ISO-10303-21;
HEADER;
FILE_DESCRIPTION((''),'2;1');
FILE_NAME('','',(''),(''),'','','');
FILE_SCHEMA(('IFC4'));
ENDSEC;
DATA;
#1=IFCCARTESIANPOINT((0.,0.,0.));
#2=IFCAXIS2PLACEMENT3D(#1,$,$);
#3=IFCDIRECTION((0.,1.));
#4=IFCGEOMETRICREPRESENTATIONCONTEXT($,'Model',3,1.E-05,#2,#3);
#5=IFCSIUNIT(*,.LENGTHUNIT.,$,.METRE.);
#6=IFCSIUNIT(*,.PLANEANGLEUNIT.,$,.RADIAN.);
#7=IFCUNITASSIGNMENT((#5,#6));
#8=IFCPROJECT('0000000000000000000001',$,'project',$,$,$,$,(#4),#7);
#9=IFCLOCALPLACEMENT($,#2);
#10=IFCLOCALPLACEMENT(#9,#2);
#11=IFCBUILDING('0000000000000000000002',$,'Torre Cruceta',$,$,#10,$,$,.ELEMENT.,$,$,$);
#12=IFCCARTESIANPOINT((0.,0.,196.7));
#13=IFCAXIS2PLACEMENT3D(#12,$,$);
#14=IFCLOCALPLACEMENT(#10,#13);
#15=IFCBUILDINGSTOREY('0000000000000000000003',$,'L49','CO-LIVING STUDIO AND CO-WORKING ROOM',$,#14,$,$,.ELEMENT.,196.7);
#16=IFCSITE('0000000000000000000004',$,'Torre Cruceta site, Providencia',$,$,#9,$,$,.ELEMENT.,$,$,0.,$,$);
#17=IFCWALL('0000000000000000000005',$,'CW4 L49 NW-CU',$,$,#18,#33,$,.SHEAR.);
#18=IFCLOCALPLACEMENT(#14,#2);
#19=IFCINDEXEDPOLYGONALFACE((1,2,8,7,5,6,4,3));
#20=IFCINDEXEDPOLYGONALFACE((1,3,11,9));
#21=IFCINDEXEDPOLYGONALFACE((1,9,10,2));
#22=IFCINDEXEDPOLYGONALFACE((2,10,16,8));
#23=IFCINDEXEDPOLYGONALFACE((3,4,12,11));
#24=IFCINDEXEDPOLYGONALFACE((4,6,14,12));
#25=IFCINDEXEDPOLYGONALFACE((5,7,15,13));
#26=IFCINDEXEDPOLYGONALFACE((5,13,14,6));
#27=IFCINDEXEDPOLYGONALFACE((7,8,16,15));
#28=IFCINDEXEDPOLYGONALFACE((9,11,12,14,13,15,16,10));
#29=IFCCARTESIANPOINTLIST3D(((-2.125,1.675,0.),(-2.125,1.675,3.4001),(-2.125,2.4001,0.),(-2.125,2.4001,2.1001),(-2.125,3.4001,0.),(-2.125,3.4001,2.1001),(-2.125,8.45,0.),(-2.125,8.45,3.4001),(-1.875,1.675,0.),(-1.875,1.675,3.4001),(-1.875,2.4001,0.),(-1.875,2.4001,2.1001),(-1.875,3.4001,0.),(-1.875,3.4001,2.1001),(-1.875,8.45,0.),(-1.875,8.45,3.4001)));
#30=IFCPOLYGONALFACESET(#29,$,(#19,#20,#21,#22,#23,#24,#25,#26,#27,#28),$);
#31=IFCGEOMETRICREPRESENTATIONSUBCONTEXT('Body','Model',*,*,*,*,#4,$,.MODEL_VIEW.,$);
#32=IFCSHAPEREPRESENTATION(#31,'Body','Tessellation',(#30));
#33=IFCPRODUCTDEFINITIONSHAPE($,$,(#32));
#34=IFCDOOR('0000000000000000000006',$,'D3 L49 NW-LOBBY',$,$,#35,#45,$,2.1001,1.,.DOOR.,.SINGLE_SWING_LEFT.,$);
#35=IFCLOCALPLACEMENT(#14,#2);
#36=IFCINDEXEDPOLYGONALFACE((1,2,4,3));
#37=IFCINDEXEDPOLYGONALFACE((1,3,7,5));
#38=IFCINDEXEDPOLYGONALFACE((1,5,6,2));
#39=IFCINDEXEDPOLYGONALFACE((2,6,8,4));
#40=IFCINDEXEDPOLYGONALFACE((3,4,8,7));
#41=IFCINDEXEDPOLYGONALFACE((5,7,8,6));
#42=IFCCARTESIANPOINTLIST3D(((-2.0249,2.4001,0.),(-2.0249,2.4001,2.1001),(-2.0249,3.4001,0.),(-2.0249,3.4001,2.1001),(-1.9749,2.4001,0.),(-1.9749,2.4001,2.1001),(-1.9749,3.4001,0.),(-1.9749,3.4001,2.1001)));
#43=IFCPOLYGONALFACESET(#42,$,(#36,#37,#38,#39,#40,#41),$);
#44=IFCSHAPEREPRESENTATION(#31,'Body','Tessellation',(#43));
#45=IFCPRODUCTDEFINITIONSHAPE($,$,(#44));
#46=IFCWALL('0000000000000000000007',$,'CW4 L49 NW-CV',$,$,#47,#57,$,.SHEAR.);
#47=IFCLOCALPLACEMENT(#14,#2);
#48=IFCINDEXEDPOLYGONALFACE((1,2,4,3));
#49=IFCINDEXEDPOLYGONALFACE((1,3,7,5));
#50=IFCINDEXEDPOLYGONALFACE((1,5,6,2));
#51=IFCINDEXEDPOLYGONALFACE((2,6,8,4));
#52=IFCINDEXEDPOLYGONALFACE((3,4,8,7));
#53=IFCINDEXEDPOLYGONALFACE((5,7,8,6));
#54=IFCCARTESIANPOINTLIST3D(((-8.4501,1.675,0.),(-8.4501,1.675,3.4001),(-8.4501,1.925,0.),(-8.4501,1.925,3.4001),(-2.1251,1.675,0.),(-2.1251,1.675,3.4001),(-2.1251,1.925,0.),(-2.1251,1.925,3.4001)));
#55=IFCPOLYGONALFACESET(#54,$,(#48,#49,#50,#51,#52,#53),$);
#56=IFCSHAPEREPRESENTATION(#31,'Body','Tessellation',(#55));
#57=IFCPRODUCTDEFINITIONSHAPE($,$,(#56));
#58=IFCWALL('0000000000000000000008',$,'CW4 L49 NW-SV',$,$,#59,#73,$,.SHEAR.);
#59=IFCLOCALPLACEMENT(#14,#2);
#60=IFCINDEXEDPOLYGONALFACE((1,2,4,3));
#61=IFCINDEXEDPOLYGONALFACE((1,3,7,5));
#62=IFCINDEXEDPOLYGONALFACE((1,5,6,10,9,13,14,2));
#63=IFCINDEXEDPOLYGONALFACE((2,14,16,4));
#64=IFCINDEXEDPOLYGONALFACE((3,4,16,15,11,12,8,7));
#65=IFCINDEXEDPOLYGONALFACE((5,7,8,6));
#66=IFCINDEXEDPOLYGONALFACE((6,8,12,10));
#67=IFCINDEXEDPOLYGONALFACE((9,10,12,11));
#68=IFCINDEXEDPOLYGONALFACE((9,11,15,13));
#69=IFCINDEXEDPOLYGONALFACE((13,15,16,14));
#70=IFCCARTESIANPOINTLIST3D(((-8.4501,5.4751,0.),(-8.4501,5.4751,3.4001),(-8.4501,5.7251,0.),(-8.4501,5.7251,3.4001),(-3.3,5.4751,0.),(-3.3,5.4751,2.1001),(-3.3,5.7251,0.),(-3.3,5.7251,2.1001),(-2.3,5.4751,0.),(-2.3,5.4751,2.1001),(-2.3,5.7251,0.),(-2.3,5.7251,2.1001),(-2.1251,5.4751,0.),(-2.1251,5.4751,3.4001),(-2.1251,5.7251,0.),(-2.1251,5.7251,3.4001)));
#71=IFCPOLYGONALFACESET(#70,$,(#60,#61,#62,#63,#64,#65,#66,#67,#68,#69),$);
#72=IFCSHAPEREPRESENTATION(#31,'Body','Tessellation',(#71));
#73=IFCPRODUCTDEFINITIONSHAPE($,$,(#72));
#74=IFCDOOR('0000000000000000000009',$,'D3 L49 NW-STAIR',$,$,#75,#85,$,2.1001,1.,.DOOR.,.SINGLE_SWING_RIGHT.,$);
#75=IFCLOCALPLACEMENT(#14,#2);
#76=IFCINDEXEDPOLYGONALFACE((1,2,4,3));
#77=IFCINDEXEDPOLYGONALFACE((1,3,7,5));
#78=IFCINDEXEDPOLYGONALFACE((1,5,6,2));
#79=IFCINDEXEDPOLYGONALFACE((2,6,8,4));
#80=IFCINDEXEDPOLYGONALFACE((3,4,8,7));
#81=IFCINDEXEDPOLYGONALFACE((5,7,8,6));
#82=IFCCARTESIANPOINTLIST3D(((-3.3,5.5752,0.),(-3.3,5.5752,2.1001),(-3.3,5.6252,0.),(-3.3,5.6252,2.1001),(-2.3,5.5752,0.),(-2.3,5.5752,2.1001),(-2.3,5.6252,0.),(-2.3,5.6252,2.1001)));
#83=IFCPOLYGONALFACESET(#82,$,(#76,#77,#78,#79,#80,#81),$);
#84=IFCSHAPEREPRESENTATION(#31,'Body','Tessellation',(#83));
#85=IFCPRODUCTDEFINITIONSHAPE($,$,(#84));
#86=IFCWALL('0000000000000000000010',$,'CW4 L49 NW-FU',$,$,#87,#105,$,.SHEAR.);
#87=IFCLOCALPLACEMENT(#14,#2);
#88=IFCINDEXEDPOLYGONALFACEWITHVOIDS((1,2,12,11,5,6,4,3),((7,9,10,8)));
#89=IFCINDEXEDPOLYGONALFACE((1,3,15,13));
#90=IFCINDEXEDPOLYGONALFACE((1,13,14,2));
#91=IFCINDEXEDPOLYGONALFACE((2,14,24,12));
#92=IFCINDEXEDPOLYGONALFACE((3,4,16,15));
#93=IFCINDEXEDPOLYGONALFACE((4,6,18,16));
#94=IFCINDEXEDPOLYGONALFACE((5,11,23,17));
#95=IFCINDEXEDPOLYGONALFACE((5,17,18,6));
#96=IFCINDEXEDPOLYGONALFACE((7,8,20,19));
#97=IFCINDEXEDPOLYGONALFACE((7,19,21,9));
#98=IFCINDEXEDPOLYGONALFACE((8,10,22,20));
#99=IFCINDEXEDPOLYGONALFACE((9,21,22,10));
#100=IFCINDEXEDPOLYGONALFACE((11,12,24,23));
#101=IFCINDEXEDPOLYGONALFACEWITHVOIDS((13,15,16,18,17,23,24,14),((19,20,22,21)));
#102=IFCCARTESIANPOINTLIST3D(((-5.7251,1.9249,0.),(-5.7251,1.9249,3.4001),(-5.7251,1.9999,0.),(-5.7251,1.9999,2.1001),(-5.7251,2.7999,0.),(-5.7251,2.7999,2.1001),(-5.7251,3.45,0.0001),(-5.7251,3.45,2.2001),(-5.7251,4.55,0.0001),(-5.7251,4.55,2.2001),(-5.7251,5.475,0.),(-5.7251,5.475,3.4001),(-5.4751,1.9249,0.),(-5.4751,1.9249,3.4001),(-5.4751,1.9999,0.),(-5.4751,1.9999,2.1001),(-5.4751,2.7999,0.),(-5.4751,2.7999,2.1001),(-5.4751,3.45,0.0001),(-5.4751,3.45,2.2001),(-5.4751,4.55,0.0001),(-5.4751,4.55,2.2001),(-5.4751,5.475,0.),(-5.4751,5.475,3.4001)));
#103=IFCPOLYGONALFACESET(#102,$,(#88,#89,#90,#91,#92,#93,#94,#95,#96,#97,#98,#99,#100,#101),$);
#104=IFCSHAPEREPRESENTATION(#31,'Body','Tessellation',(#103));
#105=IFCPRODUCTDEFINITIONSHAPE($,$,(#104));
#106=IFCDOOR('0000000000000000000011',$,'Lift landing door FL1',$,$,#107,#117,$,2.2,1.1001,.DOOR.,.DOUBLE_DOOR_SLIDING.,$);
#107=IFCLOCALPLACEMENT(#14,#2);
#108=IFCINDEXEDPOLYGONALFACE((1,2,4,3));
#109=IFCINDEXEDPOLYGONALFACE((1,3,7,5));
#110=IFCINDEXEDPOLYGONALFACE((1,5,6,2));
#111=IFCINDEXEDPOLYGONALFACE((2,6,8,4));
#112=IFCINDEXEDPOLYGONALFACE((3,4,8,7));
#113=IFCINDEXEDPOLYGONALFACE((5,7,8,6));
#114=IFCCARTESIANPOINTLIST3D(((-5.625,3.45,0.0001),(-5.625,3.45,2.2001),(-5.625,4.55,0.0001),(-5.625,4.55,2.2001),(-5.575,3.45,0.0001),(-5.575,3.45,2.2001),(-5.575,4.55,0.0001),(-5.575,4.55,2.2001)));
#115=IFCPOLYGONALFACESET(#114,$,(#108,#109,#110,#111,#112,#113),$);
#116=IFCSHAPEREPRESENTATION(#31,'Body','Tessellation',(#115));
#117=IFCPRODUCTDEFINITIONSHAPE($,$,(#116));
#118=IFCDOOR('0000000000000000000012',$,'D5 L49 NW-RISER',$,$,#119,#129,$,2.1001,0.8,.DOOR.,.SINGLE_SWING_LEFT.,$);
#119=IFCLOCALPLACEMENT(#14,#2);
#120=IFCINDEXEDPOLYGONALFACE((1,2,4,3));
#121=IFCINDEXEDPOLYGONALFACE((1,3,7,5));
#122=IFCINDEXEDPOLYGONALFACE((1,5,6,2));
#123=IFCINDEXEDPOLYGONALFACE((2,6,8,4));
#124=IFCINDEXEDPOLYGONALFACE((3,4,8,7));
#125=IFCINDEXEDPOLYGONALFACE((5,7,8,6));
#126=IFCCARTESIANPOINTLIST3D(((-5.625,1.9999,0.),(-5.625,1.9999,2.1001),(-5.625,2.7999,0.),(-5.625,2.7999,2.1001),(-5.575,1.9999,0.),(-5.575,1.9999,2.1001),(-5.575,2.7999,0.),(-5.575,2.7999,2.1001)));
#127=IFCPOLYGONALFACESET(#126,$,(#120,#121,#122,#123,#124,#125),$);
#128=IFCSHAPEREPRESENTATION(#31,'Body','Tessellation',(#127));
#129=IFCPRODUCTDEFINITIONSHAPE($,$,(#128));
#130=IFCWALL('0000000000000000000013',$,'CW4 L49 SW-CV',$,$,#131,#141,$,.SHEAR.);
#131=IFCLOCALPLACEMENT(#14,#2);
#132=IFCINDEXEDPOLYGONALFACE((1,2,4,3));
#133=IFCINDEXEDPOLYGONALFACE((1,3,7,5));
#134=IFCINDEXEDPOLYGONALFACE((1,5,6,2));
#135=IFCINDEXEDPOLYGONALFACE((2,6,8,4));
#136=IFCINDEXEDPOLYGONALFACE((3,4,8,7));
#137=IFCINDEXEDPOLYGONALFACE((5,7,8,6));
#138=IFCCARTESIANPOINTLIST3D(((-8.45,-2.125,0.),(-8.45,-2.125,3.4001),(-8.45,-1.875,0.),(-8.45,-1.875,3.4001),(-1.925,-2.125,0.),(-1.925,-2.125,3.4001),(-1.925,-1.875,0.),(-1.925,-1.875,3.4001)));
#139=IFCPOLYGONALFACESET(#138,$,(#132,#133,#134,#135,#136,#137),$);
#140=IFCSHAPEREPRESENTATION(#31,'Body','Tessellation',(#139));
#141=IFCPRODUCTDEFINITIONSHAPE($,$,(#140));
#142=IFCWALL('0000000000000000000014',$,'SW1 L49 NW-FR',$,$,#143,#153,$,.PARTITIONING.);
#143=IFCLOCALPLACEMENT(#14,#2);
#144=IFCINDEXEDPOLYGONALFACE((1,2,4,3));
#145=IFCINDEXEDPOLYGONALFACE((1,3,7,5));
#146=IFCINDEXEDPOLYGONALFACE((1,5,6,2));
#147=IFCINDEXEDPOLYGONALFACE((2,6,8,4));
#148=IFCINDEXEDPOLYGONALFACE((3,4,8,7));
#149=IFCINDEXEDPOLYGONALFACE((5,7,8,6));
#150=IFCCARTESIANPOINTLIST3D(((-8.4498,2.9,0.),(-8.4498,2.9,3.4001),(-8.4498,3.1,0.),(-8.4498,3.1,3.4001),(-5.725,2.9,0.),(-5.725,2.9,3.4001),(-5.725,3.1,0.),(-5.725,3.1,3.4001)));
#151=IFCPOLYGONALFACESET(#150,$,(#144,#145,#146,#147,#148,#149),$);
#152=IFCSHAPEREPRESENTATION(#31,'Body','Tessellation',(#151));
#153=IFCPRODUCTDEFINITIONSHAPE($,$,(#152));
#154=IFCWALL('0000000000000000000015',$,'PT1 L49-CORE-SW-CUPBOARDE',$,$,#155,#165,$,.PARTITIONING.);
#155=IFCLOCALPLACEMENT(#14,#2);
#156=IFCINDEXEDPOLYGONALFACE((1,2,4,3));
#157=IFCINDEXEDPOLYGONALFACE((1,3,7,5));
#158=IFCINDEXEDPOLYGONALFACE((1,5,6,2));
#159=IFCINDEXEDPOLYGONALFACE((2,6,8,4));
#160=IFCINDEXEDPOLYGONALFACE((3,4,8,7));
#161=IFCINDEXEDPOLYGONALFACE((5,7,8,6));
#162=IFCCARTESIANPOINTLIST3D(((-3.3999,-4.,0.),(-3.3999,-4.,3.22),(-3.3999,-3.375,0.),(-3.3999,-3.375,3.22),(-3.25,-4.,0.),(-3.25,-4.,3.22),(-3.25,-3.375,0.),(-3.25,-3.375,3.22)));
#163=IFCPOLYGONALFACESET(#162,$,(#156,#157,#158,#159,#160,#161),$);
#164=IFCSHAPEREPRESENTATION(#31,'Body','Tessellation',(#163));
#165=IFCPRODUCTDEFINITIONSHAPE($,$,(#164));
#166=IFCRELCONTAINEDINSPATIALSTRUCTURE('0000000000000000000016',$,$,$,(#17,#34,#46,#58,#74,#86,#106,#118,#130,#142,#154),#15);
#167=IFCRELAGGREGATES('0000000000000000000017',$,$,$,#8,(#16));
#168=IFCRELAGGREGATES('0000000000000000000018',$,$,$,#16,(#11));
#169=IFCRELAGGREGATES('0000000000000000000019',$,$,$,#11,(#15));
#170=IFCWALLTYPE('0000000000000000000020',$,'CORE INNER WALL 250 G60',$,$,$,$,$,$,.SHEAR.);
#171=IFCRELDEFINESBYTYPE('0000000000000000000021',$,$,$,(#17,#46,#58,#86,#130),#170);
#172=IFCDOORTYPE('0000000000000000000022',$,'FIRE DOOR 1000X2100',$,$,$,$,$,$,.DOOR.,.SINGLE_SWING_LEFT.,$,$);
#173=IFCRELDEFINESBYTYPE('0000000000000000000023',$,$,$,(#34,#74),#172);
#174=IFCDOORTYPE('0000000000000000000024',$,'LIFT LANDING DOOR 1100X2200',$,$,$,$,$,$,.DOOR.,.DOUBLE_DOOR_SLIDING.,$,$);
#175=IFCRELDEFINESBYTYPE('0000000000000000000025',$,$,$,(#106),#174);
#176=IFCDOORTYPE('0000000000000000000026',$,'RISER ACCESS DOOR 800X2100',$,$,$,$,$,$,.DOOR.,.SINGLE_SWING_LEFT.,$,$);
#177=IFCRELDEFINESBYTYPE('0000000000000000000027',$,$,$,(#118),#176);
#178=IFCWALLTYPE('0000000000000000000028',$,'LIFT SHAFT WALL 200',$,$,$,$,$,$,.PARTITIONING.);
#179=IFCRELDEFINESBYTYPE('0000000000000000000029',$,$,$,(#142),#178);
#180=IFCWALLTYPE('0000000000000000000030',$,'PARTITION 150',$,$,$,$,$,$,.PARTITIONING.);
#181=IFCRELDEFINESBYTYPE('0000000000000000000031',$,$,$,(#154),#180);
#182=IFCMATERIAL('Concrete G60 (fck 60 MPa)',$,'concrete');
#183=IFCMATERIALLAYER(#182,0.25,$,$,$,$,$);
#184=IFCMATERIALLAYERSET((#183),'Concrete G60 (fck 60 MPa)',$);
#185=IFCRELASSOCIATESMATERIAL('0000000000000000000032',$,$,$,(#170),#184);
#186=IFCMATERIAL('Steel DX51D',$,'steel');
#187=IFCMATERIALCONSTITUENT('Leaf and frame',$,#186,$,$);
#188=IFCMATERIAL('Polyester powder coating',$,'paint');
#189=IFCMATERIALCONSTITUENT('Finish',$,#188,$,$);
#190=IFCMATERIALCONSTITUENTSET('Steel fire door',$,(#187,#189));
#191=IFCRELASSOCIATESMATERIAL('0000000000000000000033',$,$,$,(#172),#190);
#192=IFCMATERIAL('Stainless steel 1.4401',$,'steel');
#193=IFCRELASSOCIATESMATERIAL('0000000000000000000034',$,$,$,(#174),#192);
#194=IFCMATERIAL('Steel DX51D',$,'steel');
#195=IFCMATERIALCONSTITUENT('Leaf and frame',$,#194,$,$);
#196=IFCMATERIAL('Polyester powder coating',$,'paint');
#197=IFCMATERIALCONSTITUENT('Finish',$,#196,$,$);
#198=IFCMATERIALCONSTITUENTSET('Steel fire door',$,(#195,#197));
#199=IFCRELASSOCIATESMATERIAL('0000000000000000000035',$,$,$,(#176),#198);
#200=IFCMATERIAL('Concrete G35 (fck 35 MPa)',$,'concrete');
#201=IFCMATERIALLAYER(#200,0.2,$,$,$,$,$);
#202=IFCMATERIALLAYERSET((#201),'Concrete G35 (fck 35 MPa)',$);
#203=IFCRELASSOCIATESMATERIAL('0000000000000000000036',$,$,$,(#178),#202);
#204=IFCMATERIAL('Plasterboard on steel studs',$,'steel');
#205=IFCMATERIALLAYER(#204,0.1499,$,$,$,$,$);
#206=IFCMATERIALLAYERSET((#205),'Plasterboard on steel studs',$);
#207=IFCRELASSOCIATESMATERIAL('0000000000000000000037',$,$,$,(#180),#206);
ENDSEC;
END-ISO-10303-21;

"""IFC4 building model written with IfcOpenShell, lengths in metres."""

from ifc_helpers import new_model, si_unit, direction, frame, frame_2d, origin, place, context, subcontext, project, spatial, rectangle, extrude, material, layer, layer_set, constituent, constituent_set, type_object, element, fill, save


model = new_model("IFC4")

# Units and contexts
model_context = context("Model", 3, precision=1e-05, world=origin(), true_north=direction((0.0, 1.0)))
body_context = subcontext(model_context, "Body", "Model", "MODEL_VIEW")
ifc_project = project(units=[si_unit("LENGTHUNIT", "METRE"), si_unit("PLANEANGLEUNIT", "RADIAN")], contexts=[model_context])

# Site, building, storey
site_placement = place(None, origin())
site = spatial("IfcSite", under=ifc_project, at=site_placement, Name="Torre Cruceta site, Providencia", CompositionType="ELEMENT", RefElevation=0.0)
building_placement = place(site_placement, origin())
building = spatial("IfcBuilding", under=site, at=building_placement, Name="Torre Cruceta", CompositionType="ELEMENT")
storey_placement = place(building_placement, frame((0.0, 0.0, 196.7)))
storey = spatial("IfcBuildingStorey", under=building, at=storey_placement, Name="L49", Description="CO-LIVING STUDIO AND CO-WORKING ROOM", CompositionType="ELEMENT", Elevation=196.7)

# Wall, opening, door
ifc_material_1 = material(Name="Concrete G60 (fck 60 MPa)", Category="concrete")
ifc_layer_1 = layer(ifc_material_1, 0.25)
ifc_layer_set_1 = layer_set([ifc_layer_1], Name="Concrete G60 (fck 60 MPa)")
wall_type_1 = type_object("IfcWallType", Name="CORE INNER WALL 250 G60", PredefinedType="SHEAR", material=ifc_layer_set_1)
wall_1_placement = place(storey_placement, frame((-2.0, 1.675, 0.0), z_axis=(0.0, 0.0, 1.0), x_axis=(0.0, 1.0, 0.0)))
wall_1 = element("IfcWall", 1, at=wall_1_placement, inside=storey, type_object=wall_type_1, Name="CW4 L49 NW-CU", PredefinedType="SHEAR", context=body_context, shape_type="SweptSolid", body=[
    extrude(rectangle(XDim=6.7749, YDim=0.25, at=frame_2d((3.3875, 0.0))), origin(), (0.0, 0.0, 1.0), 3.4001),
])
opening_1_placement = place(wall_1_placement, frame((0.7251, 0.0, 0.0)))
opening_1 = element("IfcOpeningElement", 2, at=opening_1_placement, cuts=wall_1, PredefinedType="OPENING", context=body_context, shape_type="SweptSolid", body=[
    extrude(rectangle(XDim=1.0, YDim=2.1001, at=frame_2d((0.5, 1.05))), frame((0.0, 0.135, 0.0), z_axis=(0.0, -1.0, 0.0), x_axis=(1.0, 0.0, 0.0)), (0.0, 0.0, 1.0), 0.27),
])
ifc_material_2 = material(Name="Steel DX51D", Category="steel")
ifc_constituent_1 = constituent(ifc_material_2, Name="Leaf and frame")
ifc_material_3 = material(Name="Polyester powder coating", Category="paint")
ifc_constituent_2 = constituent(ifc_material_3, Name="Finish")
ifc_constituent_set_1 = constituent_set(constituents=[ifc_constituent_1, ifc_constituent_2], Name="Steel fire door")
door_type_1 = type_object("IfcDoorType", Name="FIRE DOOR 1000X2100", OperationType="SINGLE_SWING_LEFT", PredefinedType="DOOR", material=ifc_constituent_set_1)
door_1_placement = place(opening_1_placement, origin())
door_1 = element("IfcDoor", 3, at=door_1_placement, inside=storey, type_object=door_type_1, Name="D3 L49 NW-LOBBY", OperationType="SINGLE_SWING_LEFT", OverallHeight=2.1001, OverallWidth=1.0, PredefinedType="DOOR", context=body_context, shape_type="SweptSolid", body=[
    extrude(rectangle(XDim=1.0, YDim=2.1001, at=frame_2d((0.5, 1.05))), frame((0.0, 0.0249, 0.0), z_axis=(0.0, -1.0, 0.0), x_axis=(1.0, 0.0, 0.0)), (0.0, 0.0, 1.0), 0.05),
])
fill(opening_1, door_1)

# Wall
wall_2_placement = place(storey_placement, frame((-2.125, 1.8, 0.0), z_axis=(0.0, 0.0, 1.0), x_axis=(-1.0, 0.0, 0.0)))
element("IfcWall", 4, at=wall_2_placement, inside=storey, type_object=wall_type_1, Name="CW4 L49 NW-CV", PredefinedType="SHEAR", context=body_context, shape_type="SweptSolid", body=[
    extrude(rectangle(XDim=6.325, YDim=0.25, at=frame_2d((3.1626, 0.0))), origin(), (0.0, 0.0, 1.0), 3.4001),
])

# Wall, opening, door
wall_3_placement = place(storey_placement, frame((-2.125, 5.6001, 0.0), z_axis=(0.0, 0.0, 1.0), x_axis=(-1.0, 0.0, 0.0)))
wall_3 = element("IfcWall", 5, at=wall_3_placement, inside=storey, type_object=wall_type_1, Name="CW4 L49 NW-SV", PredefinedType="SHEAR", context=body_context, shape_type="SweptSolid", body=[
    extrude(rectangle(XDim=6.325, YDim=0.25, at=frame_2d((3.1626, 0.0))), origin(), (0.0, 0.0, 1.0), 3.4001),
])
opening_2_placement = place(wall_3_placement, frame((0.175, 0.0, 0.0)))
opening_2 = element("IfcOpeningElement", 6, at=opening_2_placement, cuts=wall_3, PredefinedType="OPENING", context=body_context, shape_type="SweptSolid", body=[
    extrude(rectangle(XDim=1.0, YDim=2.1001, at=frame_2d((0.5, 1.05))), frame((0.0, 0.135, 0.0), z_axis=(0.0, -1.0, 0.0), x_axis=(1.0, 0.0, 0.0)), (0.0, 0.0, 1.0), 0.27),
])
door_2_placement = place(opening_2_placement, frame((1.0, 0.0, 0.0), z_axis=(0.0, 0.0, 1.0), x_axis=(-1.0, 0.0, 0.0)))
door_2 = element("IfcDoor", 7, at=door_2_placement, inside=storey, type_object=door_type_1, Name="D3 L49 NW-STAIR", OperationType="SINGLE_SWING_RIGHT", OverallHeight=2.1001, OverallWidth=1.0, PredefinedType="DOOR", context=body_context, shape_type="SweptSolid", body=[
    extrude(rectangle(XDim=1.0, YDim=2.1001, at=frame_2d((0.5, 1.05))), frame((0.0, 0.0251, 0.0), z_axis=(0.0, -1.0, 0.0), x_axis=(1.0, 0.0, 0.0)), (0.0, 0.0, 1.0), 0.05),
])
fill(opening_2, door_2)

# Wall, openings, doors
wall_4_placement = place(storey_placement, frame((-5.6001, 1.925, 0.0), z_axis=(0.0, 0.0, 1.0), x_axis=(0.0, 1.0, 0.0)))
wall_4 = element("IfcWall", 8, at=wall_4_placement, inside=storey, type_object=wall_type_1, Name="CW4 L49 NW-FU", PredefinedType="SHEAR", context=body_context, shape_type="SweptSolid", body=[
    extrude(rectangle(XDim=3.55, YDim=0.25, at=frame_2d((1.7749, 0.0))), origin(), (0.0, 0.0, 1.0), 3.4001),
])
opening_3_placement = place(wall_4_placement, frame((1.5249, 0.0, 0.0)))
opening_3 = element("IfcOpeningElement", 9, at=opening_3_placement, cuts=wall_4, PredefinedType="OPENING", context=body_context, shape_type="SweptSolid", body=[
    extrude(rectangle(XDim=1.1001, YDim=2.2, at=frame_2d((0.55, 1.1001))), frame((0.0, 0.135, 0.0), z_axis=(0.0, -1.0, 0.0), x_axis=(1.0, 0.0, 0.0)), (0.0, 0.0, 1.0), 0.27),
])
opening_4_placement = place(wall_4_placement, frame((0.075, 0.0, 0.0)))
opening_4 = element("IfcOpeningElement", 10, at=opening_4_placement, cuts=wall_4, PredefinedType="OPENING", context=body_context, shape_type="SweptSolid", body=[
    extrude(rectangle(XDim=0.8, YDim=2.1001, at=frame_2d((0.3999, 1.05))), frame((0.0, 0.135, 0.0), z_axis=(0.0, -1.0, 0.0), x_axis=(1.0, 0.0, 0.0)), (0.0, 0.0, 1.0), 0.27),
])
ifc_material_4 = material(Name="Stainless steel 1.4401", Category="steel")
door_type_2 = type_object("IfcDoorType", Name="LIFT LANDING DOOR 1100X2200", OperationType="DOUBLE_DOOR_SLIDING", PredefinedType="DOOR", material=ifc_material_4)
door_3_placement = place(opening_3_placement, origin())
door_3 = element("IfcDoor", 11, at=door_3_placement, inside=storey, type_object=door_type_2, Name="Lift landing door FL1", OperationType="DOUBLE_DOOR_SLIDING", OverallHeight=2.2, OverallWidth=1.1001, PredefinedType="DOOR", context=body_context, shape_type="SweptSolid", body=[
    extrude(rectangle(XDim=1.1001, YDim=2.2, at=frame_2d((0.55, 1.1001))), frame((0.0, 0.0249, 0.0), z_axis=(0.0, -1.0, 0.0), x_axis=(1.0, 0.0, 0.0)), (0.0, 0.0, 1.0), 0.05),
])
fill(opening_3, door_3)
ifc_material_5 = material(Name="Steel DX51D", Category="steel")
ifc_constituent_3 = constituent(ifc_material_5, Name="Leaf and frame")
ifc_material_6 = material(Name="Polyester powder coating", Category="paint")
ifc_constituent_4 = constituent(ifc_material_6, Name="Finish")
ifc_constituent_set_2 = constituent_set(constituents=[ifc_constituent_3, ifc_constituent_4], Name="Steel fire door")
door_type_3 = type_object("IfcDoorType", Name="RISER ACCESS DOOR 800X2100", OperationType="SINGLE_SWING_LEFT", PredefinedType="DOOR", material=ifc_constituent_set_2)
door_4_placement = place(opening_4_placement, origin())
door_4 = element("IfcDoor", 12, at=door_4_placement, inside=storey, type_object=door_type_3, Name="D5 L49 NW-RISER", OperationType="SINGLE_SWING_LEFT", OverallHeight=2.1001, OverallWidth=0.8, PredefinedType="DOOR", context=body_context, shape_type="SweptSolid", body=[
    extrude(rectangle(XDim=0.8, YDim=2.1001, at=frame_2d((0.3999, 1.05))), frame((0.0, 0.0249, 0.0), z_axis=(0.0, -1.0, 0.0), x_axis=(1.0, 0.0, 0.0)), (0.0, 0.0, 1.0), 0.05),
])
fill(opening_4, door_4)

# Walls
wall_5_placement = place(storey_placement, frame((-1.925, -2.0, 0.0), z_axis=(0.0, 0.0, 1.0), x_axis=(-1.0, 0.0, 0.0)))
element("IfcWall", 13, at=wall_5_placement, inside=storey, type_object=wall_type_1, Name="CW4 L49 SW-CV", PredefinedType="SHEAR", context=body_context, shape_type="SweptSolid", body=[
    extrude(rectangle(XDim=6.5249, YDim=0.25, at=frame_2d((3.2625, 0.0))), origin(), (0.0, 0.0, 1.0), 3.4001),
])
ifc_material_7 = material(Name="Concrete G35 (fck 35 MPa)", Category="concrete")
ifc_layer_2 = layer(ifc_material_7, 0.2)
ifc_layer_set_2 = layer_set([ifc_layer_2], Name="Concrete G35 (fck 35 MPa)")
wall_type_2 = type_object("IfcWallType", Name="LIFT SHAFT WALL 200", PredefinedType="PARTITIONING", material=ifc_layer_set_2)
wall_6_placement = place(storey_placement, frame((-5.7251, 3.0, 0.0), z_axis=(0.0, 0.0, 1.0), x_axis=(-1.0, 0.0, 0.0)))
element("IfcWall", 14, at=wall_6_placement, inside=storey, type_object=wall_type_2, Name="SW1 L49 NW-FR", PredefinedType="PARTITIONING", context=body_context, shape_type="SweptSolid", body=[
    extrude(rectangle(XDim=2.7249, YDim=0.2, at=frame_2d((1.3623, 0.0))), origin(), (0.0, 0.0, 1.0), 3.4001),
])
ifc_material_8 = material(Name="Plasterboard on steel studs", Category="steel")
ifc_layer_3 = layer(ifc_material_8, 0.1499)
ifc_layer_set_3 = layer_set([ifc_layer_3], Name="Plasterboard on steel studs")
wall_type_3 = type_object("IfcWallType", Name="PARTITION 150", PredefinedType="PARTITIONING", material=ifc_layer_set_3)
wall_7_placement = place(storey_placement, frame((-3.325, -3.375, 0.0), z_axis=(0.0, 0.0, 1.0), x_axis=(0.0, -1.0, 0.0)))
element("IfcWall", 15, at=wall_7_placement, inside=storey, type_object=wall_type_3, Name="PT1 L49-CORE-SW-CUPBOARDE", PredefinedType="PARTITIONING", context=body_context, shape_type="SweptSolid", body=[
    extrude(rectangle(XDim=0.625, YDim=0.1499, at=frame_2d((0.3125, 0.0))), origin(), (0.0, 0.0, 1.0), 3.22),
])

save(model, "model.ifc")
